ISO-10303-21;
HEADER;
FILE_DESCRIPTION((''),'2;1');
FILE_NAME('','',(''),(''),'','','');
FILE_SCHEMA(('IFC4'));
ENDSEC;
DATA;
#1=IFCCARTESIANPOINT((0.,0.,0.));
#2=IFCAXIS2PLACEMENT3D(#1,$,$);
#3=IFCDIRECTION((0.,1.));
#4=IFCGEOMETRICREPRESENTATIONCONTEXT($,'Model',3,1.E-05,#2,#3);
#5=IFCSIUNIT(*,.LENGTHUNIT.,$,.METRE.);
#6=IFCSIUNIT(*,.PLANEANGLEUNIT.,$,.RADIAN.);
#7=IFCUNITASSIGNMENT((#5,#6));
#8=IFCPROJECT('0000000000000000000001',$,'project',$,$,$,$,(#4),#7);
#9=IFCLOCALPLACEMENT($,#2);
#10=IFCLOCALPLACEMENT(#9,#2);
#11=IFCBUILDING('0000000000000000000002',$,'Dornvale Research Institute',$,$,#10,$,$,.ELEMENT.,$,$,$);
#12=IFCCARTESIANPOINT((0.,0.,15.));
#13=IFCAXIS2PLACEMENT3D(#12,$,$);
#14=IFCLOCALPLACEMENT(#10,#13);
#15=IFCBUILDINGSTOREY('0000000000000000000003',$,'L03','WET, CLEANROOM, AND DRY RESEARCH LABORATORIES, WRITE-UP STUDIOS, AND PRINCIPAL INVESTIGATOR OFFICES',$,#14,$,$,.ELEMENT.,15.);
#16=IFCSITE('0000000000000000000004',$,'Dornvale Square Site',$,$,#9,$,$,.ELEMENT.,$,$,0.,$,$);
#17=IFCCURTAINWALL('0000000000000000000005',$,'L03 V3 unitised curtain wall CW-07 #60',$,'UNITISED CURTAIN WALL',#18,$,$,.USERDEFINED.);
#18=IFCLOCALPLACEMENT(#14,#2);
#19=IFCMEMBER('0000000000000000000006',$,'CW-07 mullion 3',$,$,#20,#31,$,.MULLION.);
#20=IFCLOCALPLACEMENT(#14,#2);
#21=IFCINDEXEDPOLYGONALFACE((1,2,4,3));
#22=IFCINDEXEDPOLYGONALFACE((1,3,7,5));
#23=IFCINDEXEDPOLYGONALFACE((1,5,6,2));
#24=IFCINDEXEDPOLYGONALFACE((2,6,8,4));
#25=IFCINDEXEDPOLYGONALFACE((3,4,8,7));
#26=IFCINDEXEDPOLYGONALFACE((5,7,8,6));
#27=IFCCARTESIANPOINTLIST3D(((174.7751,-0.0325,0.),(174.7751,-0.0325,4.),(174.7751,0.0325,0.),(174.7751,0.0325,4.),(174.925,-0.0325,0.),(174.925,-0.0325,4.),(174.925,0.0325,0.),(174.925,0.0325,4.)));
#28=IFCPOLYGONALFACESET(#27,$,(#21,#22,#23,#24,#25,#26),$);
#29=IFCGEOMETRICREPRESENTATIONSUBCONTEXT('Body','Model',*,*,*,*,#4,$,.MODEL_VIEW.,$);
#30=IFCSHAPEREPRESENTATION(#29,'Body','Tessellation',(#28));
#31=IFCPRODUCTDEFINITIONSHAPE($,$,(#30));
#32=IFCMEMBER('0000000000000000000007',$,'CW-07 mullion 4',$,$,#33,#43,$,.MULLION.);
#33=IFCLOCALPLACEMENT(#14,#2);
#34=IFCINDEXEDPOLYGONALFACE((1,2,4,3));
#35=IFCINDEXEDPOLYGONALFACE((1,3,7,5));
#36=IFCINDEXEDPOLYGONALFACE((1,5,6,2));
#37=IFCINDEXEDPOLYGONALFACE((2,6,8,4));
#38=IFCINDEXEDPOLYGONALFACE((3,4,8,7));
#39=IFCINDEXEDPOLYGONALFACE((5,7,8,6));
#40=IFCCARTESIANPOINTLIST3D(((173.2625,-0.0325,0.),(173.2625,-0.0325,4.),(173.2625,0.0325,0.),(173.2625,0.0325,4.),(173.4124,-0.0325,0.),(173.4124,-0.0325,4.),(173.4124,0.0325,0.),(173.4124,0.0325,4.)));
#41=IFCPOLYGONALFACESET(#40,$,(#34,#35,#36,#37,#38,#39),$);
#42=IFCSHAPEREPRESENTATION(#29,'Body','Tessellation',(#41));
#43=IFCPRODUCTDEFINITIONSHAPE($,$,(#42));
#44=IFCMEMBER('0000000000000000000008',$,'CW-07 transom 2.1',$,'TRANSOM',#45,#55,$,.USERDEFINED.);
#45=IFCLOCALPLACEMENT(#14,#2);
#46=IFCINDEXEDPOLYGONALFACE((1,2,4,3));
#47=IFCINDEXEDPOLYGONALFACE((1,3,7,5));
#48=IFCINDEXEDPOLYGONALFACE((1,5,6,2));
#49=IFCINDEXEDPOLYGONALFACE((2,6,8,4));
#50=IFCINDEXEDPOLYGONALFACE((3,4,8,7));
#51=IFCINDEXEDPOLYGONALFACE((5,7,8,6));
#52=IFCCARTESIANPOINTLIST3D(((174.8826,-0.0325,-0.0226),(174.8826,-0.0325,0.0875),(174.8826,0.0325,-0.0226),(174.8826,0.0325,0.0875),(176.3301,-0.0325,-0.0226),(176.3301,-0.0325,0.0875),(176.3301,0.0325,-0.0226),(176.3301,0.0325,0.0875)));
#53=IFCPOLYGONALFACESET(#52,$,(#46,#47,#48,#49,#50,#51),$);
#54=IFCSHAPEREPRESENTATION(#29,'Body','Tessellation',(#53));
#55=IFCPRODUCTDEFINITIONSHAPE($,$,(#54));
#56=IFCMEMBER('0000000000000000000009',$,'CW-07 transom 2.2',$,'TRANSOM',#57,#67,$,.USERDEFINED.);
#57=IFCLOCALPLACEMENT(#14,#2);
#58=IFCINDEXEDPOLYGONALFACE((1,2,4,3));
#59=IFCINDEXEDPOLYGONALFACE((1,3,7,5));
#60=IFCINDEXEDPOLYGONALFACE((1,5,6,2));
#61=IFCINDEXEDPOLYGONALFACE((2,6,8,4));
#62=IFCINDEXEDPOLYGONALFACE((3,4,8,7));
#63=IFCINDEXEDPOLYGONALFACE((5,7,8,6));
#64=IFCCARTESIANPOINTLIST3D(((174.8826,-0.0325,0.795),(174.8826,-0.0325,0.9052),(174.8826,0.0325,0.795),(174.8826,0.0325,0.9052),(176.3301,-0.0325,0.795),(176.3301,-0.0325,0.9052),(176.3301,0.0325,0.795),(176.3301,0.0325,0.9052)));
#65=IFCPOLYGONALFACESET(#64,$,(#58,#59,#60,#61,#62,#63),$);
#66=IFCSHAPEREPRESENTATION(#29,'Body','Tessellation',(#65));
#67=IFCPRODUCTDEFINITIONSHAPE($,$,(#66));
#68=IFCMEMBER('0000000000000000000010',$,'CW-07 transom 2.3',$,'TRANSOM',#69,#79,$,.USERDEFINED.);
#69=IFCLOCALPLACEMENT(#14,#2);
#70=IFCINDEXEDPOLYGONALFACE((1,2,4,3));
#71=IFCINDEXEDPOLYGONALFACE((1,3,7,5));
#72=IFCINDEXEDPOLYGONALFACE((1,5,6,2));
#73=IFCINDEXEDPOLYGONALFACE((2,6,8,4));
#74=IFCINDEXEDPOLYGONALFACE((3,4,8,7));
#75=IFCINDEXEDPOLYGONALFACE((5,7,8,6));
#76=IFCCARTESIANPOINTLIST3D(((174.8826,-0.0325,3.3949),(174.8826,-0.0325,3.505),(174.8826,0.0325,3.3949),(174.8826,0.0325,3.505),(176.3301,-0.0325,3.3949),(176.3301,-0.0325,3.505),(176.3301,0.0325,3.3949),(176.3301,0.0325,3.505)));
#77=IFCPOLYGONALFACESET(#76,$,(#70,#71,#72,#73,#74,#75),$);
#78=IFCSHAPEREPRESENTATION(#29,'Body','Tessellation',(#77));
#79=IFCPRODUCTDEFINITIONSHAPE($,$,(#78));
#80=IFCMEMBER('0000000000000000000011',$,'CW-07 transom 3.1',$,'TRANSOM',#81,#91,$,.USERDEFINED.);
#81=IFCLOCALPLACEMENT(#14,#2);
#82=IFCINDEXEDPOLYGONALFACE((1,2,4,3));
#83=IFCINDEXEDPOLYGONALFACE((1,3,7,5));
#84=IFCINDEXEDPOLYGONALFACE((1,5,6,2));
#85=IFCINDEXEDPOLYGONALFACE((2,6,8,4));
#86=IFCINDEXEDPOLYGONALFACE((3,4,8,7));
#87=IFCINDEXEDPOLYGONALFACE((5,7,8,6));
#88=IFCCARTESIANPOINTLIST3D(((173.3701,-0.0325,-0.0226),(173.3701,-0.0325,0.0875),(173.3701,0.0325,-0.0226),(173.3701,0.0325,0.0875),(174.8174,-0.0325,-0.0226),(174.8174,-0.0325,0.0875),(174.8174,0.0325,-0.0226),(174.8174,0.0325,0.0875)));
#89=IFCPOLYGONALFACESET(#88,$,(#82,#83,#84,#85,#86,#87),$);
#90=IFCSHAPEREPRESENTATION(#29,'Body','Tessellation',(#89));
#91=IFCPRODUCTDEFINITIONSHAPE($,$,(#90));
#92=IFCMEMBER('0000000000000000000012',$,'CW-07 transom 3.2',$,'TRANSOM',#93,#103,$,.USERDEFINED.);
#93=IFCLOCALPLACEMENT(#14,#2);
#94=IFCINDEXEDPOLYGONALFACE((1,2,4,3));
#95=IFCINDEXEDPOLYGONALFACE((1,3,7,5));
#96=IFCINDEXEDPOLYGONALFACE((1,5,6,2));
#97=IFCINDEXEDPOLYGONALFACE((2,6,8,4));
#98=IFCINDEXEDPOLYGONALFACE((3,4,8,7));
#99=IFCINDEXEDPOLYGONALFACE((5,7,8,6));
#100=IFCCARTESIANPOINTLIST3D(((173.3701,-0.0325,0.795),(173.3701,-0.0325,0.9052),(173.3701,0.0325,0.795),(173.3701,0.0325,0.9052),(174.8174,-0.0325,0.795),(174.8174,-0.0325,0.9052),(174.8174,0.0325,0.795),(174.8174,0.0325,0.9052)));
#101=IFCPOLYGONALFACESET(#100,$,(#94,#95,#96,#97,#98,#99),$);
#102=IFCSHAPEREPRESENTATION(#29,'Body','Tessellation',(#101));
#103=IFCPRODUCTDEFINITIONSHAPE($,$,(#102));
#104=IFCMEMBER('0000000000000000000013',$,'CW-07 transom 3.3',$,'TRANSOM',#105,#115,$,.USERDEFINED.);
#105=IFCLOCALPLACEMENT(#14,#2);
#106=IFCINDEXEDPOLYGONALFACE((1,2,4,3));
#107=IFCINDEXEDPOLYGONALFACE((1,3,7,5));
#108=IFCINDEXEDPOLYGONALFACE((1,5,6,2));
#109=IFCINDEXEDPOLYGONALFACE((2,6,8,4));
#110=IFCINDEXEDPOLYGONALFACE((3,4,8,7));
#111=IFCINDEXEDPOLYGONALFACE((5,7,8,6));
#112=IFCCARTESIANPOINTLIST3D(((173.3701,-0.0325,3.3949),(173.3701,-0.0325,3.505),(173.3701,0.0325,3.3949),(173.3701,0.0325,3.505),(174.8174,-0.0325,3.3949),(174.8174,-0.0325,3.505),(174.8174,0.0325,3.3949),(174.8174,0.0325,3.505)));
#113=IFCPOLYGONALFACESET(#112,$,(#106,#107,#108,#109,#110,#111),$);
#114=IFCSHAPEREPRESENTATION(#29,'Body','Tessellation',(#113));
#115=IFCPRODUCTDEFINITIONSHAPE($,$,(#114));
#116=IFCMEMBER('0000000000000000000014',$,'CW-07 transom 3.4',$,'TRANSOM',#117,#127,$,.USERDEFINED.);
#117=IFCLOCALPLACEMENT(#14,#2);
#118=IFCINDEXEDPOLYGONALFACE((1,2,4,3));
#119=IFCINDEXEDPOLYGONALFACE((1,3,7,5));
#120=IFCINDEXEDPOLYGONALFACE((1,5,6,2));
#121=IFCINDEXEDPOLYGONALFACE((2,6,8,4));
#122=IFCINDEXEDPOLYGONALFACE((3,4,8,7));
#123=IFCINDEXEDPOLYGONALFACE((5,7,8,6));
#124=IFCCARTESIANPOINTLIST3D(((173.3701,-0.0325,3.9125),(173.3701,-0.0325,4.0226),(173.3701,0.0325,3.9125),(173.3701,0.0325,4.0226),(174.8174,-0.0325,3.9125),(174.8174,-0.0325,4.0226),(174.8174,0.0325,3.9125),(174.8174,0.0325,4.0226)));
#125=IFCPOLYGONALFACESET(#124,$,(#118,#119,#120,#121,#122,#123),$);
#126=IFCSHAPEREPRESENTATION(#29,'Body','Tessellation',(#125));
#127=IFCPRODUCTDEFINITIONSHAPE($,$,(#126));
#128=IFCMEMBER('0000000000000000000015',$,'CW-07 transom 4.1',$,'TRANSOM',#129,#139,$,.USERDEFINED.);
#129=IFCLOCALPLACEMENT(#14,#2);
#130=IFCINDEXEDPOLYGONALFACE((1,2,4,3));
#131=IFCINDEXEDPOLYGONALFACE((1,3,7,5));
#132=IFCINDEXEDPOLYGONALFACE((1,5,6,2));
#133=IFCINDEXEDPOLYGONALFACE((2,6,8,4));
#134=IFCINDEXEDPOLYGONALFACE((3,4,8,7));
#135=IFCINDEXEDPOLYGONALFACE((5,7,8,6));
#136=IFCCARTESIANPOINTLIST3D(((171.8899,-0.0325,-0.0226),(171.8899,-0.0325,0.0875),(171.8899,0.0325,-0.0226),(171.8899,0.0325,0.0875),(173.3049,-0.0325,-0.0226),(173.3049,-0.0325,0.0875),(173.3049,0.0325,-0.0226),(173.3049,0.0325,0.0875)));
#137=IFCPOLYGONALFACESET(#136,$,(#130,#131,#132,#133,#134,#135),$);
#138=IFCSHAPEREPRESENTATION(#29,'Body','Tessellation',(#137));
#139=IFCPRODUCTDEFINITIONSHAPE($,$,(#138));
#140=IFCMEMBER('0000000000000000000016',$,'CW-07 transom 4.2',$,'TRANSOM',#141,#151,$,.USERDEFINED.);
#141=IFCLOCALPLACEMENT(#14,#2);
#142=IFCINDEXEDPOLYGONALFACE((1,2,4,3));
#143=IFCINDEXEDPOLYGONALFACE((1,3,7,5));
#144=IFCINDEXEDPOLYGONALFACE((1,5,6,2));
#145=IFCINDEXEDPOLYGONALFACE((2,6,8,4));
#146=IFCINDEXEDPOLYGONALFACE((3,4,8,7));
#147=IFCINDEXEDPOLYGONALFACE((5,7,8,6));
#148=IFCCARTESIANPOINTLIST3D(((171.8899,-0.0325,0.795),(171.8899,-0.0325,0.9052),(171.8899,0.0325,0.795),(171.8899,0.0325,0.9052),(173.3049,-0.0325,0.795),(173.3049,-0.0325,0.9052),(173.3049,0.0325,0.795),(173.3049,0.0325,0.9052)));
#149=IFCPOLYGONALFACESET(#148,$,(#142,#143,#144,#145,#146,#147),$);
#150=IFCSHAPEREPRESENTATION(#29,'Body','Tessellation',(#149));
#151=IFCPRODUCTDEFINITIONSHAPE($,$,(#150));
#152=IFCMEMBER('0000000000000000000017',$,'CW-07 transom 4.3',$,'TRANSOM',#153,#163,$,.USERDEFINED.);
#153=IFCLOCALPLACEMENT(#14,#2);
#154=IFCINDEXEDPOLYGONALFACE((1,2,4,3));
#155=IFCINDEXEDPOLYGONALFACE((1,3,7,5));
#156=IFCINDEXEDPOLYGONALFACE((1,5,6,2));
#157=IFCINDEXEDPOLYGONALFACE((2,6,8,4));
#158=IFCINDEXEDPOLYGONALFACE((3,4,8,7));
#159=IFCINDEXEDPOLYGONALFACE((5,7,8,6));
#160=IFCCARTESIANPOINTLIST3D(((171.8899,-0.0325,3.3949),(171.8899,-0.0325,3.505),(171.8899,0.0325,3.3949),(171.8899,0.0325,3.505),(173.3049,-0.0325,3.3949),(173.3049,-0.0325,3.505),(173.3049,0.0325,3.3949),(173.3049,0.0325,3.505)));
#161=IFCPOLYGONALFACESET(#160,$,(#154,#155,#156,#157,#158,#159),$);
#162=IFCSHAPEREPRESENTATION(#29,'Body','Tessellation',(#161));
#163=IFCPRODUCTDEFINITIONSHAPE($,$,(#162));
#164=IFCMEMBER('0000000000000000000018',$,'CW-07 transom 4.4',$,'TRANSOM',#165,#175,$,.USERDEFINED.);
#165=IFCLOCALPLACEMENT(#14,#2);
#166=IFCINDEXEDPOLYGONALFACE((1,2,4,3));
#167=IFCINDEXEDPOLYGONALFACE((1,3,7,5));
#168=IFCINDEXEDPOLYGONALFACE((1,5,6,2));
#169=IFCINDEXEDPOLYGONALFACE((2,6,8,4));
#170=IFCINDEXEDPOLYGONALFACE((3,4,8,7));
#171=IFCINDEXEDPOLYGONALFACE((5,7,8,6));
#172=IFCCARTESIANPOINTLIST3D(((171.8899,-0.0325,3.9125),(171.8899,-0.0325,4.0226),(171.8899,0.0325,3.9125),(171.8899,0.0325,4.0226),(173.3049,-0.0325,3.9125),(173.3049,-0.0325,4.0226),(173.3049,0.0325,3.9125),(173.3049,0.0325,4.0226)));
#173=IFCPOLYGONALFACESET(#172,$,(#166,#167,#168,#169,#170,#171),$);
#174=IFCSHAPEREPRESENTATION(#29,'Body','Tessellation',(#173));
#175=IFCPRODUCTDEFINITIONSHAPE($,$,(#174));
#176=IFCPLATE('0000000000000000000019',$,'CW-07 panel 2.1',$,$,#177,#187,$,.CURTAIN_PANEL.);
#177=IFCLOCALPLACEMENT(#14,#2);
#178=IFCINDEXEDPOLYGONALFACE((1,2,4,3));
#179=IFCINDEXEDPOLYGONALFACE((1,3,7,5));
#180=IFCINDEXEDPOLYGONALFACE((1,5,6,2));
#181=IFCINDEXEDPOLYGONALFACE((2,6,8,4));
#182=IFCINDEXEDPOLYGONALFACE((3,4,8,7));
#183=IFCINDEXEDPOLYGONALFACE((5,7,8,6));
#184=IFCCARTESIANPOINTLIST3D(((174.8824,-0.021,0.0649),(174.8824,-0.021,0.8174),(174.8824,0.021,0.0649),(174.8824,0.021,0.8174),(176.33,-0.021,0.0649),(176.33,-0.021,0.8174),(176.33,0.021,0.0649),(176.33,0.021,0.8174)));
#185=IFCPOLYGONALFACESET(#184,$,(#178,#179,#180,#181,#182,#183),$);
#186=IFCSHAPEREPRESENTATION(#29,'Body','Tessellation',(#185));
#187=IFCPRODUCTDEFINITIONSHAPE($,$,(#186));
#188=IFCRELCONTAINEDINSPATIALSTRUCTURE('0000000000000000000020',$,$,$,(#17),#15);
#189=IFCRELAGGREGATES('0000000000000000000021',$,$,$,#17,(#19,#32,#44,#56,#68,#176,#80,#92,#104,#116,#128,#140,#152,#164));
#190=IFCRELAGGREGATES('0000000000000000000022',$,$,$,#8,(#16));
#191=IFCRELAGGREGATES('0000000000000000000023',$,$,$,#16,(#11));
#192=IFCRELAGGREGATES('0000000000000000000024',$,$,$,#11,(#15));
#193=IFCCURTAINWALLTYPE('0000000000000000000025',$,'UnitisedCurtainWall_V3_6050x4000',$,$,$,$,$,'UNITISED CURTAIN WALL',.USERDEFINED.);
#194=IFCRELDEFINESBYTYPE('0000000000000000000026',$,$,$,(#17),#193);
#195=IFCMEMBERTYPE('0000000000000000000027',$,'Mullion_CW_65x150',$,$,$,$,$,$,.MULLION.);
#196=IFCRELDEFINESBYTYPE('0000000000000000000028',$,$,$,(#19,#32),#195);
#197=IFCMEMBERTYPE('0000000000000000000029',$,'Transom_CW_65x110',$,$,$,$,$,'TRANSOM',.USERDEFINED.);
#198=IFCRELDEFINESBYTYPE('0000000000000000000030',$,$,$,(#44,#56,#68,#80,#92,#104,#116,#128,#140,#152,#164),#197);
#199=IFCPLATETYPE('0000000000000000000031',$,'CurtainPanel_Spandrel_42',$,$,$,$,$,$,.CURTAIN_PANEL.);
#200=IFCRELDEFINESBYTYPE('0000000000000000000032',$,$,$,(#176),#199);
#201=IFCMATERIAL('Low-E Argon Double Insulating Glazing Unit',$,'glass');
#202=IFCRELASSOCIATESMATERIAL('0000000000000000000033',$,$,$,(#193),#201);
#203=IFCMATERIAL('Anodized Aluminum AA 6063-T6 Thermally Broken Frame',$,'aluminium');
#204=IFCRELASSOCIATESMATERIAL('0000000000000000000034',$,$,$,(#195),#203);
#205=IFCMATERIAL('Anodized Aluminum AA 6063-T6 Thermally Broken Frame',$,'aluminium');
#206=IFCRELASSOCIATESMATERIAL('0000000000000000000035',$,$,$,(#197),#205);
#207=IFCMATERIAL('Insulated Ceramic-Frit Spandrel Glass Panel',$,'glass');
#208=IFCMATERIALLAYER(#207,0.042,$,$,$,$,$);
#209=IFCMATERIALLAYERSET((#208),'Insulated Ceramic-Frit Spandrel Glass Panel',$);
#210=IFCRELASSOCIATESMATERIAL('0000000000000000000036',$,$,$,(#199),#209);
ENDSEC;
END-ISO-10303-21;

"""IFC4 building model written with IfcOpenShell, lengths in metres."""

from ifc_helpers import new_model, si_unit, direction, frame, origin, origin_2d, place, context, subcontext, project, spatial, rectangle, extrude, material, layer, layer_set, material_profile, profile_set, type_object, element, aggregate, save


model = new_model("IFC4")

# Units and contexts
model_context = context("Model", 3, precision=1e-05, world=origin(), true_north=direction((0.0, 1.0)))
body_context = subcontext(model_context, "Body", "Model", "MODEL_VIEW")
ifc_project = project(units=[si_unit("LENGTHUNIT", "METRE"), si_unit("PLANEANGLEUNIT", "RADIAN")], contexts=[model_context])

# Site, building, storey
site_placement = place(None, origin())
site = spatial("IfcSite", under=ifc_project, at=site_placement, Name="Dornvale Square Site", CompositionType="ELEMENT", RefElevation=0.0)
building_placement = place(site_placement, origin())
building = spatial("IfcBuilding", under=site, at=building_placement, Name="Dornvale Research Institute", CompositionType="ELEMENT")
storey_placement = place(building_placement, frame((0.0, 0.0, 15.0)))
storey = spatial("IfcBuildingStorey", under=building, at=storey_placement, Name="L03", Description="WET, CLEANROOM, AND DRY RESEARCH LABORATORIES, WRITE-UP STUDIOS, AND PRINCIPAL INVESTIGATOR OFFICES", CompositionType="ELEMENT", Elevation=15.0)

# Curtain wall, members, plate
ifc_material_1 = material(Name="Low-E Argon Double Insulating Glazing Unit", Category="glass")
curtain_wall_type = type_object("IfcCurtainWallType", Name="UnitisedCurtainWall_V3_6050x4000", ElementType="UNITISED CURTAIN WALL", PredefinedType="USERDEFINED", material=ifc_material_1)
curtain_wall_placement = place(storey_placement, origin())
curtain_wall = element("IfcCurtainWall", 1, at=curtain_wall_placement, inside=storey, type_object=curtain_wall_type, Name="L03 V3 unitised curtain wall CW-07 #60", ObjectType="UNITISED CURTAIN WALL", PredefinedType="USERDEFINED")
ifc_material_2 = material(Name="Anodized Aluminum AA 6063-T6 Thermally Broken Frame", Category="aluminium")
ifc_material_profile_1 = material_profile(ifc_material_2, rectangle(XDim=0.0649, YDim=0.1499, at=origin_2d()), Name="ALU MULLION 65x150")
ifc_profile_set_1 = profile_set([ifc_material_profile_1], Name="Anodized Aluminum AA 6063-T6 Thermally Broken Frame")
member_type_1 = type_object("IfcMemberType", Name="Mullion_CW_65x150", PredefinedType="MULLION", material=ifc_profile_set_1)
member_1_placement = place(storey_placement, frame((174.8501, 0.0, 0.0), z_axis=(0.0, 0.0, 1.0), x_axis=(0.0, -1.0, 0.0)))
member_1 = element("IfcMember", 2, at=member_1_placement, type_object=member_type_1, Name="CW-07 mullion 3", PredefinedType="MULLION", context=body_context, shape_type="SweptSolid", body=[
    extrude(rectangle(XDim=0.0649, YDim=0.1499, at=origin_2d()), origin(), (0.0, 0.0, 1.0), 4.0),
])
member_2_placement = place(storey_placement, frame((173.3374, 0.0, 0.0), z_axis=(0.0, 0.0, 1.0), x_axis=(0.0, -1.0, 0.0)))
member_2 = element("IfcMember", 3, at=member_2_placement, type_object=member_type_1, Name="CW-07 mullion 4", PredefinedType="MULLION", context=body_context, shape_type="SweptSolid", body=[
    extrude(rectangle(XDim=0.0649, YDim=0.1499, at=origin_2d()), origin(), (0.0, 0.0, 1.0), 4.0),
])
ifc_material_3 = material(Name="Anodized Aluminum AA 6063-T6 Thermally Broken Frame", Category="aluminium")
ifc_material_profile_2 = material_profile(ifc_material_3, rectangle(XDim=0.0649, YDim=0.1101, at=origin_2d()), Name="ALU TRANSOM 65x110")
ifc_profile_set_2 = profile_set([ifc_material_profile_2], Name="Anodized Aluminum AA 6063-T6 Thermally Broken Frame")
member_type_2 = type_object("IfcMemberType", Name="Transom_CW_65x110", ElementType="TRANSOM", PredefinedType="USERDEFINED", material=ifc_profile_set_2)
member_3_placement = place(storey_placement, frame((176.3301, 0.0, 0.0325), z_axis=(-1.0, 0.0, 0.0), x_axis=(0.0, -1.0, 0.0)))
member_3 = element("IfcMember", 4, at=member_3_placement, type_object=member_type_2, Name="CW-07 transom 2.1", ObjectType="TRANSOM", PredefinedType="USERDEFINED", context=body_context, shape_type="SweptSolid", body=[
    extrude(rectangle(XDim=0.0649, YDim=0.1101, at=origin_2d()), origin(), (0.0, 0.0, 1.0), 1.4475),
])
member_4_placement = place(storey_placement, frame((176.3301, 0.0, 0.8501), z_axis=(-1.0, 0.0, 0.0), x_axis=(0.0, -1.0, 0.0)))
member_4 = element("IfcMember", 5, at=member_4_placement, type_object=member_type_2, Name="CW-07 transom 2.2", ObjectType="TRANSOM", PredefinedType="USERDEFINED", context=body_context, shape_type="SweptSolid", body=[
    extrude(rectangle(XDim=0.0649, YDim=0.1101, at=origin_2d()), origin(), (0.0, 0.0, 1.0), 1.4475),
])
member_5_placement = place(storey_placement, frame((176.3301, 0.0, 3.45), z_axis=(-1.0, 0.0, 0.0), x_axis=(0.0, -1.0, 0.0)))
member_5 = element("IfcMember", 6, at=member_5_placement, type_object=member_type_2, Name="CW-07 transom 2.3", ObjectType="TRANSOM", PredefinedType="USERDEFINED", context=body_context, shape_type="SweptSolid", body=[
    extrude(rectangle(XDim=0.0649, YDim=0.1101, at=origin_2d()), origin(), (0.0, 0.0, 1.0), 1.4475),
])
member_6_placement = place(storey_placement, frame((174.8174, 0.0, 0.0325), z_axis=(-1.0, 0.0, 0.0), x_axis=(0.0, -1.0, 0.0)))
member_6 = element("IfcMember", 7, at=member_6_placement, type_object=member_type_2, Name="CW-07 transom 3.1", ObjectType="TRANSOM", PredefinedType="USERDEFINED", context=body_context, shape_type="SweptSolid", body=[
    extrude(rectangle(XDim=0.0649, YDim=0.1101, at=origin_2d()), origin(), (0.0, 0.0, 1.0), 1.4473),
])
member_7_placement = place(storey_placement, frame((174.8174, 0.0, 0.8501), z_axis=(-1.0, 0.0, 0.0), x_axis=(0.0, -1.0, 0.0)))
member_7 = element("IfcMember", 8, at=member_7_placement, type_object=member_type_2, Name="CW-07 transom 3.2", ObjectType="TRANSOM", PredefinedType="USERDEFINED", context=body_context, shape_type="SweptSolid", body=[
    extrude(rectangle(XDim=0.0649, YDim=0.1101, at=origin_2d()), origin(), (0.0, 0.0, 1.0), 1.4473),
])
member_8_placement = place(storey_placement, frame((174.8174, 0.0, 3.45), z_axis=(-1.0, 0.0, 0.0), x_axis=(0.0, -1.0, 0.0)))
member_8 = element("IfcMember", 9, at=member_8_placement, type_object=member_type_2, Name="CW-07 transom 3.3", ObjectType="TRANSOM", PredefinedType="USERDEFINED", context=body_context, shape_type="SweptSolid", body=[
    extrude(rectangle(XDim=0.0649, YDim=0.1101, at=origin_2d()), origin(), (0.0, 0.0, 1.0), 1.4473),
])
member_9_placement = place(storey_placement, frame((174.8174, 0.0, 3.9675), z_axis=(-1.0, 0.0, 0.0), x_axis=(0.0, -1.0, 0.0)))
member_9 = element("IfcMember", 10, at=member_9_placement, type_object=member_type_2, Name="CW-07 transom 3.4", ObjectType="TRANSOM", PredefinedType="USERDEFINED", context=body_context, shape_type="SweptSolid", body=[
    extrude(rectangle(XDim=0.0649, YDim=0.1101, at=origin_2d()), origin(), (0.0, 0.0, 1.0), 1.4473),
])
member_10_placement = place(storey_placement, frame((173.3049, 0.0, 0.0325), z_axis=(-1.0, 0.0, 0.0), x_axis=(0.0, -1.0, 0.0)))
member_10 = element("IfcMember", 11, at=member_10_placement, type_object=member_type_2, Name="CW-07 transom 4.1", ObjectType="TRANSOM", PredefinedType="USERDEFINED", context=body_context, shape_type="SweptSolid", body=[
    extrude(rectangle(XDim=0.0649, YDim=0.1101, at=origin_2d()), origin(), (0.0, 0.0, 1.0), 1.415),
])
member_11_placement = place(storey_placement, frame((173.3049, 0.0, 0.8501), z_axis=(-1.0, 0.0, 0.0), x_axis=(0.0, -1.0, 0.0)))
member_11 = element("IfcMember", 12, at=member_11_placement, type_object=member_type_2, Name="CW-07 transom 4.2", ObjectType="TRANSOM", PredefinedType="USERDEFINED", context=body_context, shape_type="SweptSolid", body=[
    extrude(rectangle(XDim=0.0649, YDim=0.1101, at=origin_2d()), origin(), (0.0, 0.0, 1.0), 1.415),
])
member_12_placement = place(storey_placement, frame((173.3049, 0.0, 3.45), z_axis=(-1.0, 0.0, 0.0), x_axis=(0.0, -1.0, 0.0)))
member_12 = element("IfcMember", 13, at=member_12_placement, type_object=member_type_2, Name="CW-07 transom 4.3", ObjectType="TRANSOM", PredefinedType="USERDEFINED", context=body_context, shape_type="SweptSolid", body=[
    extrude(rectangle(XDim=0.0649, YDim=0.1101, at=origin_2d()), origin(), (0.0, 0.0, 1.0), 1.415),
])
member_13_placement = place(storey_placement, frame((173.3049, 0.0, 3.9675), z_axis=(-1.0, 0.0, 0.0), x_axis=(0.0, -1.0, 0.0)))
member_13 = element("IfcMember", 14, at=member_13_placement, type_object=member_type_2, Name="CW-07 transom 4.4", ObjectType="TRANSOM", PredefinedType="USERDEFINED", context=body_context, shape_type="SweptSolid", body=[
    extrude(rectangle(XDim=0.0649, YDim=0.1101, at=origin_2d()), origin(), (0.0, 0.0, 1.0), 1.415),
])
ifc_material_4 = material(Name="Insulated Ceramic-Frit Spandrel Glass Panel", Category="glass")
ifc_layer_1 = layer(ifc_material_4, 0.042)
ifc_layer_set_1 = layer_set([ifc_layer_1], Name="Insulated Ceramic-Frit Spandrel Glass Panel")
plate_type_1 = type_object("IfcPlateType", Name="CurtainPanel_Spandrel_42", PredefinedType="CURTAIN_PANEL", material=ifc_layer_set_1)
plate_1_placement = place(storey_placement, frame((175.6062, 0.0, 0.0649), z_axis=(0.0, 0.0, 1.0), x_axis=(-1.0, 0.0, 0.0)))
plate_1 = element("IfcPlate", 15, at=plate_1_placement, type_object=plate_type_1, Name="CW-07 panel 2.1", PredefinedType="CURTAIN_PANEL", context=body_context, shape_type="SweptSolid", body=[
    extrude(rectangle(XDim=1.4475, YDim=0.042, at=origin_2d()), origin(), (0.0, 0.0, 1.0), 0.7524),
])
aggregate(curtain_wall, [member_1, member_2, member_3, member_4, member_5, plate_1, member_6, member_7, member_8, member_9, member_10, member_11, member_12, member_13])

save(model, "model.ifc")
